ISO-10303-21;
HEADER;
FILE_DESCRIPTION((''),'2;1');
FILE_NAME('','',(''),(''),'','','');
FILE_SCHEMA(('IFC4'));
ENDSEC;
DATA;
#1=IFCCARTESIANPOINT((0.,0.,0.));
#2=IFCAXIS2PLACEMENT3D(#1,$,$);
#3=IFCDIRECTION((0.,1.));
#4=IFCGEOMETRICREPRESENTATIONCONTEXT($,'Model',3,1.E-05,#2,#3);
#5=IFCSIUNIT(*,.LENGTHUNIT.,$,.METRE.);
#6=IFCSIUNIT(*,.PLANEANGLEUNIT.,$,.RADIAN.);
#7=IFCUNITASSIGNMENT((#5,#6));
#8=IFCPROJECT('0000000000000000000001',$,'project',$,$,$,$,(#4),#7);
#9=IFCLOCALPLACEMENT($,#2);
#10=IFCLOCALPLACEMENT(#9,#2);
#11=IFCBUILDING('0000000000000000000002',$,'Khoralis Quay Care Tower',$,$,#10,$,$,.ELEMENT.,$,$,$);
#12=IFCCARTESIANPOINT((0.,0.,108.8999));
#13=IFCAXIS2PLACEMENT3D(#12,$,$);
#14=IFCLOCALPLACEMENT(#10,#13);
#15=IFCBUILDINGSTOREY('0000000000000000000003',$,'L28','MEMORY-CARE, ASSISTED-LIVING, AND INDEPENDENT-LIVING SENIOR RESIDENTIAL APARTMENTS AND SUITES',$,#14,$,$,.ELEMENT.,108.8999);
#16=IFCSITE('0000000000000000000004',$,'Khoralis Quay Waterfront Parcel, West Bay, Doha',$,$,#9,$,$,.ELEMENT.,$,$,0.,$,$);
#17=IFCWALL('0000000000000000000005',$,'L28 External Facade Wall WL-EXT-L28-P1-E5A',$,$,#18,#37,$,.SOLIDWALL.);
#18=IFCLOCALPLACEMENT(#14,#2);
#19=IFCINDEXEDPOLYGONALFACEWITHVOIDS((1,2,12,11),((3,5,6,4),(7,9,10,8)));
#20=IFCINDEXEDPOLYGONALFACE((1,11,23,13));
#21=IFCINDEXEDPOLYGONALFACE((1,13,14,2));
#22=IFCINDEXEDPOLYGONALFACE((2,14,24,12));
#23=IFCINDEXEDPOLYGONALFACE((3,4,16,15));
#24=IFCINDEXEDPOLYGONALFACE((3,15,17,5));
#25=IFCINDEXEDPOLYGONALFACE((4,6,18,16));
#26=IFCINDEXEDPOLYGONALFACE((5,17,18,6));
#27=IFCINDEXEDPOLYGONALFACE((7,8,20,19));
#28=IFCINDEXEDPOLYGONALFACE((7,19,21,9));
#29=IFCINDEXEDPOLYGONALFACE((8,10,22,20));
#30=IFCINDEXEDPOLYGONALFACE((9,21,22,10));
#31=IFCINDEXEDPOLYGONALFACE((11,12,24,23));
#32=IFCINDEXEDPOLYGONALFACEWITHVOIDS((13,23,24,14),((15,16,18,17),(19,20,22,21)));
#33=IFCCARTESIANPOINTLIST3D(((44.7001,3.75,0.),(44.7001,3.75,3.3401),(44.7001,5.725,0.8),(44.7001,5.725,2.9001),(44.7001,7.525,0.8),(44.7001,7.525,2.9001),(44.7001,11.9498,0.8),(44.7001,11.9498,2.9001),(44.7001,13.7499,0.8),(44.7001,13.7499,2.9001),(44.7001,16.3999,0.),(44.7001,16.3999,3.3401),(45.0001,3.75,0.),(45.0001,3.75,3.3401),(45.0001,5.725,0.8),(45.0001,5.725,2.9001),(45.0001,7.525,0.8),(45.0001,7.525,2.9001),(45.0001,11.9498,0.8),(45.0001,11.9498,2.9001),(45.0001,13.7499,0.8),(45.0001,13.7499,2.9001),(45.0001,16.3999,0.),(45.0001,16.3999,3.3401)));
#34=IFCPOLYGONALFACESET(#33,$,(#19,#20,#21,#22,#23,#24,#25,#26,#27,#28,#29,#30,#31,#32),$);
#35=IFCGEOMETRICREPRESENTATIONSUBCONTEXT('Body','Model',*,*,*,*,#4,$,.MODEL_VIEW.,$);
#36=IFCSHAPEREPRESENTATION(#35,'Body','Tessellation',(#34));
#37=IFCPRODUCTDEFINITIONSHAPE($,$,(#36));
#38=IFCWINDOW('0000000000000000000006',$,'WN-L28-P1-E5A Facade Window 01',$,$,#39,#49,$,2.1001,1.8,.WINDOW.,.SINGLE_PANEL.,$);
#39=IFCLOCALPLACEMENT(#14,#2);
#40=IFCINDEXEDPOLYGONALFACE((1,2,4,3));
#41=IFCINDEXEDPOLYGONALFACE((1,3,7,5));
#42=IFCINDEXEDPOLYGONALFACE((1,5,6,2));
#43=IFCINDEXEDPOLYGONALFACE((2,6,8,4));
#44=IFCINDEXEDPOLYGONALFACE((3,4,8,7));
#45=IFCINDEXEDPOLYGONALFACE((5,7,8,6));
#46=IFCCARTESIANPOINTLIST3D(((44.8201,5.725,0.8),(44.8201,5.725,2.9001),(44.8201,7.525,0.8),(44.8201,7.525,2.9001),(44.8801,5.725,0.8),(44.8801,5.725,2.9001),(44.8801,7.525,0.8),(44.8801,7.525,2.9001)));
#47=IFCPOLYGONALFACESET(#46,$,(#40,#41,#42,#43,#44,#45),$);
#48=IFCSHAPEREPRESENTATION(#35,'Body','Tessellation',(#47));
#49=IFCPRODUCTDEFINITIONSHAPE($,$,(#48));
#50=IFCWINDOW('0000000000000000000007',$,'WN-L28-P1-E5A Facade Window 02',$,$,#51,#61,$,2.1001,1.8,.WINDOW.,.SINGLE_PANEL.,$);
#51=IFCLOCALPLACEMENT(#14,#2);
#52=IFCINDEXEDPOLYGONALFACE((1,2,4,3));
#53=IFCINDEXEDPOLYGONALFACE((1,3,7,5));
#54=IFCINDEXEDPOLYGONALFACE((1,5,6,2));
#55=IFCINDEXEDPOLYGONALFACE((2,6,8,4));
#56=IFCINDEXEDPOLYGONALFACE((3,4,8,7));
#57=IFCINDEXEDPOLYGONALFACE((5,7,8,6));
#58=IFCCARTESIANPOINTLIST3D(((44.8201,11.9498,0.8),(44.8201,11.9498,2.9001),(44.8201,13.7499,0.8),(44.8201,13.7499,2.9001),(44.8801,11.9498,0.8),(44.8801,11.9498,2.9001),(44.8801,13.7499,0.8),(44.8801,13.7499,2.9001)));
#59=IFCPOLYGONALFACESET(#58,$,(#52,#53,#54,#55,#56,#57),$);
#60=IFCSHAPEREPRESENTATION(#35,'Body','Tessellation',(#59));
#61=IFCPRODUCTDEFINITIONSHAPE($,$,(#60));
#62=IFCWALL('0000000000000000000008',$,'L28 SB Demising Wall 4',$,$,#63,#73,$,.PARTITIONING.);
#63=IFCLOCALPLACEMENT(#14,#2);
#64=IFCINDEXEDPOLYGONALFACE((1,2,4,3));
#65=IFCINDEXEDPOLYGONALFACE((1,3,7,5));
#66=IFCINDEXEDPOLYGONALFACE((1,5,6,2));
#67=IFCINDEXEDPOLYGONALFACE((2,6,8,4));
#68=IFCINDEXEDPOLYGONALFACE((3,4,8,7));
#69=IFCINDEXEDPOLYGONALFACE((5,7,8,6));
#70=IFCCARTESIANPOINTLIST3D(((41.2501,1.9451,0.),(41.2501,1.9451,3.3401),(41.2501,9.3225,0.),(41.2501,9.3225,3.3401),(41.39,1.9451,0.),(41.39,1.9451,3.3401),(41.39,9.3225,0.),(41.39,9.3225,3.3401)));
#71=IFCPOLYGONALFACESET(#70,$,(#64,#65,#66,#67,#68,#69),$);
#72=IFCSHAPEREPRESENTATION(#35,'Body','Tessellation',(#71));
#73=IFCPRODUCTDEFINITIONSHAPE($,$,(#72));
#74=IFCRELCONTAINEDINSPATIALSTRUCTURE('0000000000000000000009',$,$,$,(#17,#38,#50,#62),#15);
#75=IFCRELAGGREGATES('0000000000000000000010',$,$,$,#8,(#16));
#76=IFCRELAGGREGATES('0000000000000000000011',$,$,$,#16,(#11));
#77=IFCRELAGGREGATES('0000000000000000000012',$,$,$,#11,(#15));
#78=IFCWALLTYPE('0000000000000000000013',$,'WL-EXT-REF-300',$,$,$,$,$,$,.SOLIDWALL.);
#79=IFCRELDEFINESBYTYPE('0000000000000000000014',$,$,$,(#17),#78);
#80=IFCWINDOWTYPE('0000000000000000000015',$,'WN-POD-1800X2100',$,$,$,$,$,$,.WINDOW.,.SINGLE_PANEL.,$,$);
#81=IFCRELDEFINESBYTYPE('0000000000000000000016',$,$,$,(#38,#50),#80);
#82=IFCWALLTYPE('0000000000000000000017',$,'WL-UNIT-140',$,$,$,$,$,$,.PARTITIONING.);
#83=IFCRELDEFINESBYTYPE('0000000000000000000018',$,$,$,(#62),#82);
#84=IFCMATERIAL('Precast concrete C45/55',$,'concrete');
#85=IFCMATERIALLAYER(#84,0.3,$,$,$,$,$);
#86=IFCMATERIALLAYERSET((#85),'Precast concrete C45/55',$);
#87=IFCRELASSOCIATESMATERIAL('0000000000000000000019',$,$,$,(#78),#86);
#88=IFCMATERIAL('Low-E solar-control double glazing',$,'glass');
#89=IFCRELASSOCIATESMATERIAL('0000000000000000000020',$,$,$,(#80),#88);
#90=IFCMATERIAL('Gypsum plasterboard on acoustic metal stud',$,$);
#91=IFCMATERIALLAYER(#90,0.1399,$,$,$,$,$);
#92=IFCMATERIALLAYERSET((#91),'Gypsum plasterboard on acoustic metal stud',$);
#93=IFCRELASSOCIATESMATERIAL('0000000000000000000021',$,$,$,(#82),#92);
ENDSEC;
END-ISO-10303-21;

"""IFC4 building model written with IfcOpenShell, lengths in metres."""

from ifc_helpers import new_model, si_unit, direction, frame, frame_2d, origin, place, context, subcontext, project, spatial, rectangle, extrude, source, transform, mapped, material, layer, layer_set, type_object, element, fill, save


model = new_model("IFC4")

# Units and contexts
model_context = context("Model", 3, precision=1e-05, world=origin(), true_north=direction((0.0, 1.0)))
body_context = subcontext(model_context, "Body", "Model", "MODEL_VIEW")
ifc_project = project(units=[si_unit("LENGTHUNIT", "METRE"), si_unit("PLANEANGLEUNIT", "RADIAN")], contexts=[model_context])

# Site, building, storey
site_placement = place(None, origin())
site = spatial("IfcSite", under=ifc_project, at=site_placement, Name="Khoralis Quay Waterfront Parcel, West Bay, Doha", CompositionType="ELEMENT", RefElevation=0.0)
building_placement = place(site_placement, origin())
building = spatial("IfcBuilding", under=site, at=building_placement, Name="Khoralis Quay Care Tower", CompositionType="ELEMENT")
storey_placement = place(building_placement, frame((0.0, 0.0, 108.8999)))
storey = spatial("IfcBuildingStorey", under=building, at=storey_placement, Name="L28", Description="MEMORY-CARE, ASSISTED-LIVING, AND INDEPENDENT-LIVING SENIOR RESIDENTIAL APARTMENTS AND SUITES", CompositionType="ELEMENT", Elevation=108.8999)

# Shared definitions
ifc_material_1 = material(Name="Gypsum plasterboard on acoustic metal stud")

# Shared definitions
ifc_material_2 = material(Name="Precast concrete C45/55", Category="concrete")
ifc_layer_1 = layer(ifc_material_2, 0.3)
ifc_layer_set_1 = layer_set([ifc_layer_1], Name="Precast concrete C45/55")
wall_type_1 = type_object("IfcWallType", Name="WL-EXT-REF-300", PredefinedType="SOLIDWALL", material=ifc_layer_set_1)

# Wall, openings, windows
wall_1_placement = place(storey_placement, frame((44.8501, 3.75, 0.0), z_axis=(0.0, 0.0, 1.0), x_axis=(0.0, 1.0, 0.0)))
wall_1 = element("IfcWall", 1, at=wall_1_placement, inside=storey, type_object=wall_type_1, Name="L28 External Facade Wall WL-EXT-L28-P1-E5A", PredefinedType="SOLIDWALL", context=body_context, shape_type="SweptSolid", body=[
    extrude(rectangle(XDim=12.6499, YDim=0.3, at=frame_2d((6.325, 0.0))), origin(), (0.0, 0.0, 1.0), 3.3401),
])
opening_1_placement = place(wall_1_placement, frame((1.9751, 0.0, 0.8)))
opening_1 = element("IfcOpeningElement", 2, at=opening_1_placement, cuts=wall_1, PredefinedType="OPENING", context=body_context, shape_type="SweptSolid", body=[
    extrude(rectangle(XDim=1.8, YDim=2.1001, at=frame_2d((0.8999, 1.05))), frame((0.0, 0.1602, 0.0), z_axis=(0.0, -1.0, 0.0), x_axis=(1.0, 0.0, 0.0)), (0.0, 0.0, 1.0), 0.3201),
])
opening_2_placement = place(wall_1_placement, frame((8.2, 0.0, 0.8)))
opening_2 = element("IfcOpeningElement", 3, at=opening_2_placement, cuts=wall_1, PredefinedType="OPENING", context=body_context, shape_type="SweptSolid", body=[
    extrude(rectangle(XDim=1.8, YDim=2.1001, at=frame_2d((0.8999, 1.05))), frame((0.0, 0.1602, 0.0), z_axis=(0.0, -1.0, 0.0), x_axis=(1.0, 0.0, 0.0)), (0.0, 0.0, 1.0), 0.3201),
])
ifc_material_3 = material(Name="Low-E solar-control double glazing", Category="glass")
window_type = type_object("IfcWindowType", Name="WN-POD-1800X2100", PartitioningType="SINGLE_PANEL", PredefinedType="WINDOW", material=ifc_material_3)
shared_shape_1 = source(origin(), body_context, "Body", "SweptSolid", [
    extrude(rectangle(XDim=1.8, YDim=2.1001, at=frame_2d((0.8999, 1.05))), frame((0.0, 0.03, 0.0), z_axis=(0.0, -1.0, 0.0), x_axis=(1.0, 0.0, 0.0)), (0.0, 0.0, 1.0), 0.0601),
])
window_1_placement = place(opening_1_placement, origin())
window_1 = element("IfcWindow", 4, at=window_1_placement, inside=storey, type_object=window_type, Name="WN-L28-P1-E5A Facade Window 01", OverallHeight=2.1001, OverallWidth=1.8, PartitioningType="SINGLE_PANEL", PredefinedType="WINDOW", context=body_context, shape_type="MappedRepresentation", body=[
    mapped(shared_shape_1, transform((0.0, 0.0, 0.0), scale=1.0)),
])
fill(opening_1, window_1)
window_2_placement = place(opening_2_placement, origin())
window_2 = element("IfcWindow", 5, at=window_2_placement, inside=storey, type_object=window_type, Name="WN-L28-P1-E5A Facade Window 02", OverallHeight=2.1001, OverallWidth=1.8, PartitioningType="SINGLE_PANEL", PredefinedType="WINDOW", context=body_context, shape_type="MappedRepresentation", body=[
    mapped(shared_shape_1, transform((0.0, 0.0, 0.0), scale=1.0)),
])
fill(opening_2, window_2)

# Wall
ifc_layer_2 = layer(ifc_material_1, 0.1399)
ifc_layer_set_2 = layer_set([ifc_layer_2], Name="Gypsum plasterboard on acoustic metal stud")
wall_type_2 = type_object("IfcWallType", Name="WL-UNIT-140", PredefinedType="PARTITIONING", material=ifc_layer_set_2)
wall_2_placement = place(storey_placement, frame((41.3201, 1.9451, 0.0), z_axis=(0.0, 0.0, 1.0), x_axis=(0.0, 1.0, 0.0)))
element("IfcWall", 6, at=wall_2_placement, inside=storey, type_object=wall_type_2, Name="L28 SB Demising Wall 4", PredefinedType="PARTITIONING", context=body_context, shape_type="SweptSolid", body=[
    extrude(rectangle(XDim=7.3774, YDim=0.1399, at=frame_2d((3.6887, 0.0))), origin(), (0.0, 0.0, 1.0), 3.3401),
])

save(model, "model.ifc")
